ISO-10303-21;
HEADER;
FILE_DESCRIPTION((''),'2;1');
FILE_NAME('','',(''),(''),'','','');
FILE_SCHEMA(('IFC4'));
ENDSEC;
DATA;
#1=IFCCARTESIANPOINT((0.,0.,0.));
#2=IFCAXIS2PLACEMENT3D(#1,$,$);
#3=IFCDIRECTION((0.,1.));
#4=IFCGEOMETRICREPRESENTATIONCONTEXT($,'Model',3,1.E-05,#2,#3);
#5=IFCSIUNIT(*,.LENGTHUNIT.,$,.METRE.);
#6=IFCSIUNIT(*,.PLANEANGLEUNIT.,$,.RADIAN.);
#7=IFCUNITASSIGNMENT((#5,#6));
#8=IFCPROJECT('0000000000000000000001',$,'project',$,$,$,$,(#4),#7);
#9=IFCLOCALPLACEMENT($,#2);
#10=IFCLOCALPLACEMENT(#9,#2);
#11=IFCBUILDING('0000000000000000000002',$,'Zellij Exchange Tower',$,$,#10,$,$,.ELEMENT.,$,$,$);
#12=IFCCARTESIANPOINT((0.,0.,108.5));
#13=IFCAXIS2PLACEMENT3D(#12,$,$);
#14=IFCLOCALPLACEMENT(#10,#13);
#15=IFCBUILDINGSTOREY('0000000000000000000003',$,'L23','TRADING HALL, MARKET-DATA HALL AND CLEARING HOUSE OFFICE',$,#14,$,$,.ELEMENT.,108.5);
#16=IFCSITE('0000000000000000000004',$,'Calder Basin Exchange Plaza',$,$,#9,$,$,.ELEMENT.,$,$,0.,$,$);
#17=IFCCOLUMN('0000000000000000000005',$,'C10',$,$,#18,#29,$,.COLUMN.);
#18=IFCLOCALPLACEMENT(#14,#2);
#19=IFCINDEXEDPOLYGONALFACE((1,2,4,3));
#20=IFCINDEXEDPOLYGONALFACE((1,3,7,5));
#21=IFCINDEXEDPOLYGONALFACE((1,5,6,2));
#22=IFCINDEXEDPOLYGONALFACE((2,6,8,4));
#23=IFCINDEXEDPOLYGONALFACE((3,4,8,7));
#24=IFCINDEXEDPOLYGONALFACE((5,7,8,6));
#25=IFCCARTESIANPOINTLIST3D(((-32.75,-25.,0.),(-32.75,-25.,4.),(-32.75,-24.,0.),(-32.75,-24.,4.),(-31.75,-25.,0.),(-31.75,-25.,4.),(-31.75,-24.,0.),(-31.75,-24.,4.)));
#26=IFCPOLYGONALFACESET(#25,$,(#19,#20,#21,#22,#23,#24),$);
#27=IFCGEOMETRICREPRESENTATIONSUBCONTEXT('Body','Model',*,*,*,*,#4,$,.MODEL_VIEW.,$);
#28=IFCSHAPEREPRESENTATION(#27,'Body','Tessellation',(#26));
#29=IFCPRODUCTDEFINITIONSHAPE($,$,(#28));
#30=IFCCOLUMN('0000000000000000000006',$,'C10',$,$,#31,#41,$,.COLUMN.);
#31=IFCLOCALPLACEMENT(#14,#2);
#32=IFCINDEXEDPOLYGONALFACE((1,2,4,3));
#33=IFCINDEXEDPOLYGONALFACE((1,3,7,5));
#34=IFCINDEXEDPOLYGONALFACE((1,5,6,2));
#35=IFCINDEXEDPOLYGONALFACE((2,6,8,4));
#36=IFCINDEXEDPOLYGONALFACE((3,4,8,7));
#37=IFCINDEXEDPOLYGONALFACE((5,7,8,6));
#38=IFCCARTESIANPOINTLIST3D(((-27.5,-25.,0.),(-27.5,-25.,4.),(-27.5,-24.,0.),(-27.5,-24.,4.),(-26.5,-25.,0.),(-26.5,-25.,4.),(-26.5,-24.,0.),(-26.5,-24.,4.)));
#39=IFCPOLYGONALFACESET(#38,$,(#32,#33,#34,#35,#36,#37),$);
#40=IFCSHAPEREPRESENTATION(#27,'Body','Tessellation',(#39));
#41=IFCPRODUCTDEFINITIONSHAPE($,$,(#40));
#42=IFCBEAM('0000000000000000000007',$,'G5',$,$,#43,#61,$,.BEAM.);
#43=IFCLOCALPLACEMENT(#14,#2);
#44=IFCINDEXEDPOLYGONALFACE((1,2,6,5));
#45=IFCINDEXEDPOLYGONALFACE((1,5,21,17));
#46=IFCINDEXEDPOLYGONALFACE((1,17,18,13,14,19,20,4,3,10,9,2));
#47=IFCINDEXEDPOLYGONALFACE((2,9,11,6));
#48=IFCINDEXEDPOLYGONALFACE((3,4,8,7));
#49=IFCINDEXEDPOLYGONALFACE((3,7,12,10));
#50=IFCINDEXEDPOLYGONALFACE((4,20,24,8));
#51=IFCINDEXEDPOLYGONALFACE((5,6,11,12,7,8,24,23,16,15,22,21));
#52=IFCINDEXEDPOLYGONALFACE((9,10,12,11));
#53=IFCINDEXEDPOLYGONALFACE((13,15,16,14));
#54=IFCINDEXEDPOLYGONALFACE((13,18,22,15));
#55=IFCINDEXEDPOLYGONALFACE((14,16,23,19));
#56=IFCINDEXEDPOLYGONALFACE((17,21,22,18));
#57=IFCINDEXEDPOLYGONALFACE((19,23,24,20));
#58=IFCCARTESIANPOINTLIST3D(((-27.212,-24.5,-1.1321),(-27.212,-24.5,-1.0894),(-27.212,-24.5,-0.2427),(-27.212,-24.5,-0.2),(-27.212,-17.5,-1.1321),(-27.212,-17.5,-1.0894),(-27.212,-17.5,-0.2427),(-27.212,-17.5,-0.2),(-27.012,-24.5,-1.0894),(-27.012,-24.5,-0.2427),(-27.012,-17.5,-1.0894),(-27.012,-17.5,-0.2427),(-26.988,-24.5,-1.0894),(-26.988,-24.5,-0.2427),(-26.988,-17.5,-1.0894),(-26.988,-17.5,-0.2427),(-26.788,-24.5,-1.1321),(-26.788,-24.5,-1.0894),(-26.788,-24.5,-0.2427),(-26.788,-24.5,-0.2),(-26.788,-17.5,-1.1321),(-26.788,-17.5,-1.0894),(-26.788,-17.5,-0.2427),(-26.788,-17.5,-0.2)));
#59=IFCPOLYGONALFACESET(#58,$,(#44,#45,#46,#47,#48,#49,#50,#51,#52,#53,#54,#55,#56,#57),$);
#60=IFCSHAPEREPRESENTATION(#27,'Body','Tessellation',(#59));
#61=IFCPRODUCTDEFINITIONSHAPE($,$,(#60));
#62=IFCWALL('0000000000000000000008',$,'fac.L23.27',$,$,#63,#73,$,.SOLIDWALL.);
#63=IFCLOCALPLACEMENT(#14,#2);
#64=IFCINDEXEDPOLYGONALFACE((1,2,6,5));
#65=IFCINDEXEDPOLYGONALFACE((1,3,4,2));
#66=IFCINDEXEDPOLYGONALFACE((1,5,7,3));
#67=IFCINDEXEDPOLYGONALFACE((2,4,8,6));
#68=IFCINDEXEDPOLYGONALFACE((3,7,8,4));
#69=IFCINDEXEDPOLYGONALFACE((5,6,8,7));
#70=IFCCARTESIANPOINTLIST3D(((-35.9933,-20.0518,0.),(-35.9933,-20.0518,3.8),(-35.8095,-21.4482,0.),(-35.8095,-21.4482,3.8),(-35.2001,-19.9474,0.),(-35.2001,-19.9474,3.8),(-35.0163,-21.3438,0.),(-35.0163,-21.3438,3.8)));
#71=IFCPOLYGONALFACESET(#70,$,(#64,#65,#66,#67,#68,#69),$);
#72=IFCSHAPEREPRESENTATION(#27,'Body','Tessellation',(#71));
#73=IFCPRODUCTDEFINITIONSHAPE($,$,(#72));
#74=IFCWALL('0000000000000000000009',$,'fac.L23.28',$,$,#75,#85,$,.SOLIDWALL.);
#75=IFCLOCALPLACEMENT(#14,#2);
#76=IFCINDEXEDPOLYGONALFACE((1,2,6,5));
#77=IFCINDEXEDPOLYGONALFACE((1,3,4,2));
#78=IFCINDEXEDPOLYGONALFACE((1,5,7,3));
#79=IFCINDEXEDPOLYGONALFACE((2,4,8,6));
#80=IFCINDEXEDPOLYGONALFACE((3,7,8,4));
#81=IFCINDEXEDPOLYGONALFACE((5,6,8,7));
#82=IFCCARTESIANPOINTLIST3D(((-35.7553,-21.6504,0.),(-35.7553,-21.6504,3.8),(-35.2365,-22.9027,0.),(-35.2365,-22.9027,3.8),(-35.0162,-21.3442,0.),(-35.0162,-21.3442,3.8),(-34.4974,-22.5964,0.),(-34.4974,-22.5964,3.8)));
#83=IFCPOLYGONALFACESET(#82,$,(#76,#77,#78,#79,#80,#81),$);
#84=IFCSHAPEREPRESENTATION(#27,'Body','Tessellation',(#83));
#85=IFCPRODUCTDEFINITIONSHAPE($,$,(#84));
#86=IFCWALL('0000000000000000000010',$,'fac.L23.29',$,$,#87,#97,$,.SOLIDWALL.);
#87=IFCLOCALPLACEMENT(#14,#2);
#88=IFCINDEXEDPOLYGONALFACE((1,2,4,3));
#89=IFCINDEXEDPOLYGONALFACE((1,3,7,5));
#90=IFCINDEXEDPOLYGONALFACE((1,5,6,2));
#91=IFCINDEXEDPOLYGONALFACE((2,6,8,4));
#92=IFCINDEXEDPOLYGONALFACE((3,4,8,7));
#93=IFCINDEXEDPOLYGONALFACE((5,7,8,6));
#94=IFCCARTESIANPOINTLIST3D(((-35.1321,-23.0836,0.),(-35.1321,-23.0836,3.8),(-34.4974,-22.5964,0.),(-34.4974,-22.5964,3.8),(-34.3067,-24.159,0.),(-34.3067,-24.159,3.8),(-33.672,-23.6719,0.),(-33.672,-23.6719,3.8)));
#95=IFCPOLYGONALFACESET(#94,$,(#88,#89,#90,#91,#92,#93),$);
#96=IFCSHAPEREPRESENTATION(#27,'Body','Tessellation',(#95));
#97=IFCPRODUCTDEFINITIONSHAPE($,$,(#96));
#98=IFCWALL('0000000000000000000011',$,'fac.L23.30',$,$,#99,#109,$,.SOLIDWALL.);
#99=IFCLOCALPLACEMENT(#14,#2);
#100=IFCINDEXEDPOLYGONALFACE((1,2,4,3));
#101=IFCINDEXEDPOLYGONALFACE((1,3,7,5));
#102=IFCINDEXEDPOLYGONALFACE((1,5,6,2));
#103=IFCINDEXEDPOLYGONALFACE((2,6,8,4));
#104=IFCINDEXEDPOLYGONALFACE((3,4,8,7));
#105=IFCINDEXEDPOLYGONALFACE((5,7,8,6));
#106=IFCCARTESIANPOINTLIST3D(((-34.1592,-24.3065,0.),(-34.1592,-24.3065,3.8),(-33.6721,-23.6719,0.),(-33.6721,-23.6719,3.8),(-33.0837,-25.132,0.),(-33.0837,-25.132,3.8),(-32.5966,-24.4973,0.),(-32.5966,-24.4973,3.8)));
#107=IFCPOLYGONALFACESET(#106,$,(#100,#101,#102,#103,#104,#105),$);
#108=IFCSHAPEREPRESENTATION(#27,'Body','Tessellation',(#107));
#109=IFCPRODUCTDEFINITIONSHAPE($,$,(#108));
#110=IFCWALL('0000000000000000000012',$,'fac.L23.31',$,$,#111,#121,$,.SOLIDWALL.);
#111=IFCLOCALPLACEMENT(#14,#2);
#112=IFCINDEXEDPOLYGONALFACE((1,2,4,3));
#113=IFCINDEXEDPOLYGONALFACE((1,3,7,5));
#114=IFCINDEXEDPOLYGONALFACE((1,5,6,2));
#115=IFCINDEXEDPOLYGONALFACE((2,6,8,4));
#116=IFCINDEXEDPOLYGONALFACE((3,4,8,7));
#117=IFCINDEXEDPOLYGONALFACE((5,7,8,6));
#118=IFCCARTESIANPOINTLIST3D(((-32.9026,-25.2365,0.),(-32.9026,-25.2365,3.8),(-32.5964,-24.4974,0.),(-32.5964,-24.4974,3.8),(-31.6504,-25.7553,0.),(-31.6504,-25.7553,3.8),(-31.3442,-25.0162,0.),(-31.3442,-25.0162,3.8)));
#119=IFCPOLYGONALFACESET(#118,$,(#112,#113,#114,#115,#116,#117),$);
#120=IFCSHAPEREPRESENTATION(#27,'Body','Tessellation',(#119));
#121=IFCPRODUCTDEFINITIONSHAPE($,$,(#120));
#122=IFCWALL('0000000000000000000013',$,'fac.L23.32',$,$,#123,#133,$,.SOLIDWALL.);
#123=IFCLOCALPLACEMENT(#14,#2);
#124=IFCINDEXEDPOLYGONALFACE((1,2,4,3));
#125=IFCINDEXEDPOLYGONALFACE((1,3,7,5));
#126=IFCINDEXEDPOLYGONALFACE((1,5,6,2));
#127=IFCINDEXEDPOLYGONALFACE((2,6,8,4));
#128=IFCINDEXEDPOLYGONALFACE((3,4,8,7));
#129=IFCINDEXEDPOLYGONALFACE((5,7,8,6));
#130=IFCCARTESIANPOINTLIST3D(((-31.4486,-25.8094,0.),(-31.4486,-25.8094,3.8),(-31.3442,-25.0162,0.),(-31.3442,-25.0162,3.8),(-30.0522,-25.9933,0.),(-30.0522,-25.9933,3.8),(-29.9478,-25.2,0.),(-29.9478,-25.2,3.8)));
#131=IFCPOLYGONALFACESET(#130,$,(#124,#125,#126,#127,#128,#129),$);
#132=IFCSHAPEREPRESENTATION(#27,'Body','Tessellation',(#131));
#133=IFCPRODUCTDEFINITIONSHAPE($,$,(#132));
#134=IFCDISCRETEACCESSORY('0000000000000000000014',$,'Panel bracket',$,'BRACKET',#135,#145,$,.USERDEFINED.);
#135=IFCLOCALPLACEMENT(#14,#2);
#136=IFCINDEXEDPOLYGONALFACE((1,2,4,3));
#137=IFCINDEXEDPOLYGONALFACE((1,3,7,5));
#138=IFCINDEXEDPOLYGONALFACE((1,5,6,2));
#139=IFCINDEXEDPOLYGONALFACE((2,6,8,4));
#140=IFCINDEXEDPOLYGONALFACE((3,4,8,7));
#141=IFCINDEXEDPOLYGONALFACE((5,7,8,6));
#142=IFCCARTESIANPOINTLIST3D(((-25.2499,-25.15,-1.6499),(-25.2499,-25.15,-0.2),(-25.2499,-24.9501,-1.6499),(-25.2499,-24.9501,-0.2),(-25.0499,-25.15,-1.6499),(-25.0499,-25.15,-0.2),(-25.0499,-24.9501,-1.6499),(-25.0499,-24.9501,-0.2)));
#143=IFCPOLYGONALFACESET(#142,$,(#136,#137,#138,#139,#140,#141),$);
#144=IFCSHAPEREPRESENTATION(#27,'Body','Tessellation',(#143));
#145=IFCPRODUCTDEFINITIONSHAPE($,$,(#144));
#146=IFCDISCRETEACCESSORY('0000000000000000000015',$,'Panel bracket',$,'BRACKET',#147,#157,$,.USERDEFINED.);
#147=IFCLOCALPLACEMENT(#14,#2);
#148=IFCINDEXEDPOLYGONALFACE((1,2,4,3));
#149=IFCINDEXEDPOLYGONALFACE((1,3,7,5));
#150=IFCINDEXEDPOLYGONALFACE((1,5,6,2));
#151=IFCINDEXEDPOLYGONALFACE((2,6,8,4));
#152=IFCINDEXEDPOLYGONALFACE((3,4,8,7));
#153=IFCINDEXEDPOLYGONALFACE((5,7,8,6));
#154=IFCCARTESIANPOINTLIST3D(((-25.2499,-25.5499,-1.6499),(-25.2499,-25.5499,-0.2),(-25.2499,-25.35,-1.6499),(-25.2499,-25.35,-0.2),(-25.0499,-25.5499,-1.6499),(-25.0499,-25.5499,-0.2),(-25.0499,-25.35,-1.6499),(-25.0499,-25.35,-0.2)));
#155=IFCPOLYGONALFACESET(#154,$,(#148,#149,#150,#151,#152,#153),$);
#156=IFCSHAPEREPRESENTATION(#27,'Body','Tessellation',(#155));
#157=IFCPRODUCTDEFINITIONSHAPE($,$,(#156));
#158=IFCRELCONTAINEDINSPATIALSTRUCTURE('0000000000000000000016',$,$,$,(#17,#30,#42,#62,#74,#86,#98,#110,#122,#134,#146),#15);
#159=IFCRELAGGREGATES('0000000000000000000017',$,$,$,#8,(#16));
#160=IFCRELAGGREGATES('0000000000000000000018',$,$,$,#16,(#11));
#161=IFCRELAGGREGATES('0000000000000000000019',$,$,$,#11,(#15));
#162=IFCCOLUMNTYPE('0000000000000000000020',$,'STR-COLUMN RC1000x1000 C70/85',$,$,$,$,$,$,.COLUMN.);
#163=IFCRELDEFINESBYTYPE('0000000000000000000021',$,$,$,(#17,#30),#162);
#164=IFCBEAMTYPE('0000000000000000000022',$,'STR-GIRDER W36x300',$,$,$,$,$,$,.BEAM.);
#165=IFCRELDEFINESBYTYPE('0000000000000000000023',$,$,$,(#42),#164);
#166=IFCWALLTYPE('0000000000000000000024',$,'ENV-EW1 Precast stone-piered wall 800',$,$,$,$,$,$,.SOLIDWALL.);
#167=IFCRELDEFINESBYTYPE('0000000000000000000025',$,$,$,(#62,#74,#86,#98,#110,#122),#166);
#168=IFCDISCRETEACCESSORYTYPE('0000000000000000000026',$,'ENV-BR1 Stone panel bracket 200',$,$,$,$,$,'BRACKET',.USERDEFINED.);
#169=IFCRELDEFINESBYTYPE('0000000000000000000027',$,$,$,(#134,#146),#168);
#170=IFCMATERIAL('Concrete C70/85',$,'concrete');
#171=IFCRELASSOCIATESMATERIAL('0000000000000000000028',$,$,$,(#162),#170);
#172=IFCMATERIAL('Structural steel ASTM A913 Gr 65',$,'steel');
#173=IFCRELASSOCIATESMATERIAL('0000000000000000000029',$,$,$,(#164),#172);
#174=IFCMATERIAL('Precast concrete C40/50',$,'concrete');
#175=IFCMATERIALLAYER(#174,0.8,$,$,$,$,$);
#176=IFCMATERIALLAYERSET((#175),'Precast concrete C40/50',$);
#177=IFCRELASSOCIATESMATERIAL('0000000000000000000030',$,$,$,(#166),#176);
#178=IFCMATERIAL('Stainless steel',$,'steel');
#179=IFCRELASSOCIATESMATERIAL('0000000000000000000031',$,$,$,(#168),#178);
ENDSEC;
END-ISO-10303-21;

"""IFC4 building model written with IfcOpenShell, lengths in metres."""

from ifc_helpers import new_model, si_unit, direction, frame, frame_2d, origin, origin_2d, place, context, subcontext, project, spatial, rectangle, i_section, extrude, material, layer, layer_set, material_profile, profile_set, type_object, element, save


model = new_model("IFC4")

# Units and contexts
model_context = context("Model", 3, precision=1e-05, world=origin(), true_north=direction((0.0, 1.0)))
body_context = subcontext(model_context, "Body", "Model", "MODEL_VIEW")
ifc_project = project(units=[si_unit("LENGTHUNIT", "METRE"), si_unit("PLANEANGLEUNIT", "RADIAN")], contexts=[model_context])

# Site, building, storey
site_placement = place(None, origin())
site = spatial("IfcSite", under=ifc_project, at=site_placement, Name="Calder Basin Exchange Plaza", CompositionType="ELEMENT", RefElevation=0.0)
building_placement = place(site_placement, origin())
building = spatial("IfcBuilding", under=site, at=building_placement, Name="Zellij Exchange Tower", CompositionType="ELEMENT")
storey_placement = place(building_placement, frame((0.0, 0.0, 108.5)))
storey = spatial("IfcBuildingStorey", under=building, at=storey_placement, Name="L23", Description="TRADING HALL, MARKET-DATA HALL AND CLEARING HOUSE OFFICE", CompositionType="ELEMENT", Elevation=108.5)

# Columns
ifc_material_1 = material(Name="Concrete C70/85", Category="concrete")
ifc_material_profile_1 = material_profile(ifc_material_1, rectangle(XDim=1.0, YDim=1.0, at=origin_2d()), Name="STR-COLUMN RC1000x1000 C70/85")
ifc_profile_set_1 = profile_set([ifc_material_profile_1], Name="Concrete C70/85")
column_type = type_object("IfcColumnType", Name="STR-COLUMN RC1000x1000 C70/85", PredefinedType="COLUMN", material=ifc_profile_set_1)
for number, where, z_axis, x_axis, name in (
    (1, (-32.25, -24.5, 0.0), (0.0, 0.0, 1.0), (1.0, 0.0, 0.0), "C10"),
    (2, (-27.0, -24.5, 0.0), (0.0, 0.0, 1.0), (1.0, 0.0, 0.0), "C10"),
):
    element("IfcColumn", number, at=place(storey_placement, frame(where, z_axis=z_axis, x_axis=x_axis)), inside=storey, type_object=column_type, Name=name, PredefinedType="COLUMN", context=body_context, shape_type="SweptSolid", body=[
        extrude(rectangle(XDim=1.0, YDim=1.0, at=origin_2d()), origin(), (0.0, 0.0, 1.0), 4.0),
    ])

# Beam
ifc_material_2 = material(Name="Structural steel ASTM A913 Gr 65", Category="steel")
ifc_material_profile_2 = material_profile(ifc_material_2, i_section(OverallWidth=0.4241, OverallDepth=0.9321, WebThickness=0.0239, FlangeThickness=0.0427, at=origin_2d()), Name="W36x300")
ifc_profile_set_2 = profile_set([ifc_material_profile_2], Name="Structural steel ASTM A913 Gr 65")
beam_type = type_object("IfcBeamType", Name="STR-GIRDER W36x300", PredefinedType="BEAM", material=ifc_profile_set_2)
beam_placement = place(storey_placement, frame((-27.0, -24.5, -0.666), z_axis=(0.0, 1.0, 0.0), x_axis=(-1.0, 0.0, 0.0)))
element("IfcBeam", 3, at=beam_placement, inside=storey, type_object=beam_type, Name="G5", PredefinedType="BEAM", context=body_context, shape_type="SweptSolid", body=[
    extrude(i_section(OverallWidth=0.4241, OverallDepth=0.9321, WebThickness=0.0239, FlangeThickness=0.0427, at=origin_2d()), origin(), (0.0, 0.0, 1.0), 7.0),
])

# Shared definitions
ifc_material_3 = material(Name="Precast concrete C40/50", Category="concrete")
ifc_layer = layer(ifc_material_3, 0.8)
ifc_layer_set = layer_set([ifc_layer], Name="Precast concrete C40/50")
wall_type = type_object("IfcWallType", Name="ENV-EW1 Precast stone-piered wall 800", PredefinedType="SOLIDWALL", material=ifc_layer_set)

# Walls
wall_1_placement = place(storey_placement, frame((-35.5967, -19.9998, 0.0), z_axis=(0.0, 0.0, 1.0), x_axis=(0.130517, -0.991446, 0.0)))
element("IfcWall", 4, at=wall_1_placement, inside=storey, type_object=wall_type, Name="fac.L23.27", PredefinedType="SOLIDWALL", context=body_context, shape_type="SweptSolid", body=[
    extrude(rectangle(XDim=1.4084, YDim=0.8, at=frame_2d((0.7041, 0.0))), origin(), (0.0, 0.0, 1.0), 3.8),
])
wall_2_placement = place(storey_placement, frame((-35.3857, -21.4973, 0.0), z_axis=(0.0, 0.0, 1.0), x_axis=(0.38276, -0.923848, 0.0)))
element("IfcWall", 5, at=wall_2_placement, inside=storey, type_object=wall_type, Name="fac.L23.28", PredefinedType="SOLIDWALL", context=body_context, shape_type="SweptSolid", body=[
    extrude(rectangle(XDim=1.3555, YDim=0.8, at=frame_2d((0.6777, 0.0))), origin(), (0.0, 0.0, 1.0), 3.8),
])
for number, where, z_axis, x_axis, name in (
    (6, (-34.8147, -22.8401, 0.0), (0.0, 0.0, 1.0), (0.608866, -0.793273, 0.0), "fac.L23.29"),
    (7, (-33.9155, -23.9893, 0.0), (0.0, 0.0, 1.0), (0.793273, -0.608866, 0.0), "fac.L23.30"),
):
    element("IfcWall", number, at=place(storey_placement, frame(where, z_axis=z_axis, x_axis=x_axis)), inside=storey, type_object=wall_type, Name=name, PredefinedType="SOLIDWALL", context=body_context, shape_type="SweptSolid", body=[
        extrude(rectangle(XDim=1.3557, YDim=0.8, at=frame_2d((0.6777, 0.0))), origin(), (0.0, 0.0, 1.0), 3.8),
    ])
wall_3_placement = place(storey_placement, frame((-32.7495, -24.8669, 0.0), z_axis=(0.0, 0.0, 1.0), x_axis=(0.923848, -0.38276, 0.0)))
element("IfcWall", 8, at=wall_3_placement, inside=storey, type_object=wall_type, Name="fac.L23.31", PredefinedType="SOLIDWALL", context=body_context, shape_type="SweptSolid", body=[
    extrude(rectangle(XDim=1.3555, YDim=0.8, at=frame_2d((0.6777, 0.0))), origin(), (0.0, 0.0, 1.0), 3.8),
])
wall_4_placement = place(storey_placement, frame((-31.3962, -25.4128, 0.0), z_axis=(0.0, 0.0, 1.0), x_axis=(0.991446, -0.130517, 0.0)))
element("IfcWall", 9, at=wall_4_placement, inside=storey, type_object=wall_type, Name="fac.L23.32", PredefinedType="SOLIDWALL", context=body_context, shape_type="SweptSolid", body=[
    extrude(rectangle(XDim=1.4084, YDim=0.8, at=frame_2d((0.7041, 0.0))), origin(), (0.0, 0.0, 1.0), 3.8),
])

# Discrete accessories
ifc_material_4 = material(Name="Stainless steel", Category="steel")
discrete_accessory_type = type_object("IfcDiscreteAccessoryType", Name="ENV-BR1 Stone panel bracket 200", ElementType="BRACKET", PredefinedType="USERDEFINED", material=ifc_material_4)
for number, where, z_axis, x_axis, name in (
    (10, (-25.1499, -25.05, -1.6499), (0.0, 0.0, 1.0), (1.0, 0.0, 0.0), "Panel bracket"),
    (11, (-25.1499, -25.45, -1.6499), (0.0, 0.0, 1.0), (1.0, 0.0, 0.0), "Panel bracket"),
):
    element("IfcDiscreteAccessory", number, at=place(storey_placement, frame(where, z_axis=z_axis, x_axis=x_axis)), inside=storey, type_object=discrete_accessory_type, Name=name, ObjectType="BRACKET", PredefinedType="USERDEFINED", context=body_context, shape_type="SweptSolid", body=[
        extrude(rectangle(XDim=0.2, YDim=0.2, at=origin_2d()), origin(), (0.0, 0.0, 1.0), 1.45),
    ])

save(model, "model.ifc")
